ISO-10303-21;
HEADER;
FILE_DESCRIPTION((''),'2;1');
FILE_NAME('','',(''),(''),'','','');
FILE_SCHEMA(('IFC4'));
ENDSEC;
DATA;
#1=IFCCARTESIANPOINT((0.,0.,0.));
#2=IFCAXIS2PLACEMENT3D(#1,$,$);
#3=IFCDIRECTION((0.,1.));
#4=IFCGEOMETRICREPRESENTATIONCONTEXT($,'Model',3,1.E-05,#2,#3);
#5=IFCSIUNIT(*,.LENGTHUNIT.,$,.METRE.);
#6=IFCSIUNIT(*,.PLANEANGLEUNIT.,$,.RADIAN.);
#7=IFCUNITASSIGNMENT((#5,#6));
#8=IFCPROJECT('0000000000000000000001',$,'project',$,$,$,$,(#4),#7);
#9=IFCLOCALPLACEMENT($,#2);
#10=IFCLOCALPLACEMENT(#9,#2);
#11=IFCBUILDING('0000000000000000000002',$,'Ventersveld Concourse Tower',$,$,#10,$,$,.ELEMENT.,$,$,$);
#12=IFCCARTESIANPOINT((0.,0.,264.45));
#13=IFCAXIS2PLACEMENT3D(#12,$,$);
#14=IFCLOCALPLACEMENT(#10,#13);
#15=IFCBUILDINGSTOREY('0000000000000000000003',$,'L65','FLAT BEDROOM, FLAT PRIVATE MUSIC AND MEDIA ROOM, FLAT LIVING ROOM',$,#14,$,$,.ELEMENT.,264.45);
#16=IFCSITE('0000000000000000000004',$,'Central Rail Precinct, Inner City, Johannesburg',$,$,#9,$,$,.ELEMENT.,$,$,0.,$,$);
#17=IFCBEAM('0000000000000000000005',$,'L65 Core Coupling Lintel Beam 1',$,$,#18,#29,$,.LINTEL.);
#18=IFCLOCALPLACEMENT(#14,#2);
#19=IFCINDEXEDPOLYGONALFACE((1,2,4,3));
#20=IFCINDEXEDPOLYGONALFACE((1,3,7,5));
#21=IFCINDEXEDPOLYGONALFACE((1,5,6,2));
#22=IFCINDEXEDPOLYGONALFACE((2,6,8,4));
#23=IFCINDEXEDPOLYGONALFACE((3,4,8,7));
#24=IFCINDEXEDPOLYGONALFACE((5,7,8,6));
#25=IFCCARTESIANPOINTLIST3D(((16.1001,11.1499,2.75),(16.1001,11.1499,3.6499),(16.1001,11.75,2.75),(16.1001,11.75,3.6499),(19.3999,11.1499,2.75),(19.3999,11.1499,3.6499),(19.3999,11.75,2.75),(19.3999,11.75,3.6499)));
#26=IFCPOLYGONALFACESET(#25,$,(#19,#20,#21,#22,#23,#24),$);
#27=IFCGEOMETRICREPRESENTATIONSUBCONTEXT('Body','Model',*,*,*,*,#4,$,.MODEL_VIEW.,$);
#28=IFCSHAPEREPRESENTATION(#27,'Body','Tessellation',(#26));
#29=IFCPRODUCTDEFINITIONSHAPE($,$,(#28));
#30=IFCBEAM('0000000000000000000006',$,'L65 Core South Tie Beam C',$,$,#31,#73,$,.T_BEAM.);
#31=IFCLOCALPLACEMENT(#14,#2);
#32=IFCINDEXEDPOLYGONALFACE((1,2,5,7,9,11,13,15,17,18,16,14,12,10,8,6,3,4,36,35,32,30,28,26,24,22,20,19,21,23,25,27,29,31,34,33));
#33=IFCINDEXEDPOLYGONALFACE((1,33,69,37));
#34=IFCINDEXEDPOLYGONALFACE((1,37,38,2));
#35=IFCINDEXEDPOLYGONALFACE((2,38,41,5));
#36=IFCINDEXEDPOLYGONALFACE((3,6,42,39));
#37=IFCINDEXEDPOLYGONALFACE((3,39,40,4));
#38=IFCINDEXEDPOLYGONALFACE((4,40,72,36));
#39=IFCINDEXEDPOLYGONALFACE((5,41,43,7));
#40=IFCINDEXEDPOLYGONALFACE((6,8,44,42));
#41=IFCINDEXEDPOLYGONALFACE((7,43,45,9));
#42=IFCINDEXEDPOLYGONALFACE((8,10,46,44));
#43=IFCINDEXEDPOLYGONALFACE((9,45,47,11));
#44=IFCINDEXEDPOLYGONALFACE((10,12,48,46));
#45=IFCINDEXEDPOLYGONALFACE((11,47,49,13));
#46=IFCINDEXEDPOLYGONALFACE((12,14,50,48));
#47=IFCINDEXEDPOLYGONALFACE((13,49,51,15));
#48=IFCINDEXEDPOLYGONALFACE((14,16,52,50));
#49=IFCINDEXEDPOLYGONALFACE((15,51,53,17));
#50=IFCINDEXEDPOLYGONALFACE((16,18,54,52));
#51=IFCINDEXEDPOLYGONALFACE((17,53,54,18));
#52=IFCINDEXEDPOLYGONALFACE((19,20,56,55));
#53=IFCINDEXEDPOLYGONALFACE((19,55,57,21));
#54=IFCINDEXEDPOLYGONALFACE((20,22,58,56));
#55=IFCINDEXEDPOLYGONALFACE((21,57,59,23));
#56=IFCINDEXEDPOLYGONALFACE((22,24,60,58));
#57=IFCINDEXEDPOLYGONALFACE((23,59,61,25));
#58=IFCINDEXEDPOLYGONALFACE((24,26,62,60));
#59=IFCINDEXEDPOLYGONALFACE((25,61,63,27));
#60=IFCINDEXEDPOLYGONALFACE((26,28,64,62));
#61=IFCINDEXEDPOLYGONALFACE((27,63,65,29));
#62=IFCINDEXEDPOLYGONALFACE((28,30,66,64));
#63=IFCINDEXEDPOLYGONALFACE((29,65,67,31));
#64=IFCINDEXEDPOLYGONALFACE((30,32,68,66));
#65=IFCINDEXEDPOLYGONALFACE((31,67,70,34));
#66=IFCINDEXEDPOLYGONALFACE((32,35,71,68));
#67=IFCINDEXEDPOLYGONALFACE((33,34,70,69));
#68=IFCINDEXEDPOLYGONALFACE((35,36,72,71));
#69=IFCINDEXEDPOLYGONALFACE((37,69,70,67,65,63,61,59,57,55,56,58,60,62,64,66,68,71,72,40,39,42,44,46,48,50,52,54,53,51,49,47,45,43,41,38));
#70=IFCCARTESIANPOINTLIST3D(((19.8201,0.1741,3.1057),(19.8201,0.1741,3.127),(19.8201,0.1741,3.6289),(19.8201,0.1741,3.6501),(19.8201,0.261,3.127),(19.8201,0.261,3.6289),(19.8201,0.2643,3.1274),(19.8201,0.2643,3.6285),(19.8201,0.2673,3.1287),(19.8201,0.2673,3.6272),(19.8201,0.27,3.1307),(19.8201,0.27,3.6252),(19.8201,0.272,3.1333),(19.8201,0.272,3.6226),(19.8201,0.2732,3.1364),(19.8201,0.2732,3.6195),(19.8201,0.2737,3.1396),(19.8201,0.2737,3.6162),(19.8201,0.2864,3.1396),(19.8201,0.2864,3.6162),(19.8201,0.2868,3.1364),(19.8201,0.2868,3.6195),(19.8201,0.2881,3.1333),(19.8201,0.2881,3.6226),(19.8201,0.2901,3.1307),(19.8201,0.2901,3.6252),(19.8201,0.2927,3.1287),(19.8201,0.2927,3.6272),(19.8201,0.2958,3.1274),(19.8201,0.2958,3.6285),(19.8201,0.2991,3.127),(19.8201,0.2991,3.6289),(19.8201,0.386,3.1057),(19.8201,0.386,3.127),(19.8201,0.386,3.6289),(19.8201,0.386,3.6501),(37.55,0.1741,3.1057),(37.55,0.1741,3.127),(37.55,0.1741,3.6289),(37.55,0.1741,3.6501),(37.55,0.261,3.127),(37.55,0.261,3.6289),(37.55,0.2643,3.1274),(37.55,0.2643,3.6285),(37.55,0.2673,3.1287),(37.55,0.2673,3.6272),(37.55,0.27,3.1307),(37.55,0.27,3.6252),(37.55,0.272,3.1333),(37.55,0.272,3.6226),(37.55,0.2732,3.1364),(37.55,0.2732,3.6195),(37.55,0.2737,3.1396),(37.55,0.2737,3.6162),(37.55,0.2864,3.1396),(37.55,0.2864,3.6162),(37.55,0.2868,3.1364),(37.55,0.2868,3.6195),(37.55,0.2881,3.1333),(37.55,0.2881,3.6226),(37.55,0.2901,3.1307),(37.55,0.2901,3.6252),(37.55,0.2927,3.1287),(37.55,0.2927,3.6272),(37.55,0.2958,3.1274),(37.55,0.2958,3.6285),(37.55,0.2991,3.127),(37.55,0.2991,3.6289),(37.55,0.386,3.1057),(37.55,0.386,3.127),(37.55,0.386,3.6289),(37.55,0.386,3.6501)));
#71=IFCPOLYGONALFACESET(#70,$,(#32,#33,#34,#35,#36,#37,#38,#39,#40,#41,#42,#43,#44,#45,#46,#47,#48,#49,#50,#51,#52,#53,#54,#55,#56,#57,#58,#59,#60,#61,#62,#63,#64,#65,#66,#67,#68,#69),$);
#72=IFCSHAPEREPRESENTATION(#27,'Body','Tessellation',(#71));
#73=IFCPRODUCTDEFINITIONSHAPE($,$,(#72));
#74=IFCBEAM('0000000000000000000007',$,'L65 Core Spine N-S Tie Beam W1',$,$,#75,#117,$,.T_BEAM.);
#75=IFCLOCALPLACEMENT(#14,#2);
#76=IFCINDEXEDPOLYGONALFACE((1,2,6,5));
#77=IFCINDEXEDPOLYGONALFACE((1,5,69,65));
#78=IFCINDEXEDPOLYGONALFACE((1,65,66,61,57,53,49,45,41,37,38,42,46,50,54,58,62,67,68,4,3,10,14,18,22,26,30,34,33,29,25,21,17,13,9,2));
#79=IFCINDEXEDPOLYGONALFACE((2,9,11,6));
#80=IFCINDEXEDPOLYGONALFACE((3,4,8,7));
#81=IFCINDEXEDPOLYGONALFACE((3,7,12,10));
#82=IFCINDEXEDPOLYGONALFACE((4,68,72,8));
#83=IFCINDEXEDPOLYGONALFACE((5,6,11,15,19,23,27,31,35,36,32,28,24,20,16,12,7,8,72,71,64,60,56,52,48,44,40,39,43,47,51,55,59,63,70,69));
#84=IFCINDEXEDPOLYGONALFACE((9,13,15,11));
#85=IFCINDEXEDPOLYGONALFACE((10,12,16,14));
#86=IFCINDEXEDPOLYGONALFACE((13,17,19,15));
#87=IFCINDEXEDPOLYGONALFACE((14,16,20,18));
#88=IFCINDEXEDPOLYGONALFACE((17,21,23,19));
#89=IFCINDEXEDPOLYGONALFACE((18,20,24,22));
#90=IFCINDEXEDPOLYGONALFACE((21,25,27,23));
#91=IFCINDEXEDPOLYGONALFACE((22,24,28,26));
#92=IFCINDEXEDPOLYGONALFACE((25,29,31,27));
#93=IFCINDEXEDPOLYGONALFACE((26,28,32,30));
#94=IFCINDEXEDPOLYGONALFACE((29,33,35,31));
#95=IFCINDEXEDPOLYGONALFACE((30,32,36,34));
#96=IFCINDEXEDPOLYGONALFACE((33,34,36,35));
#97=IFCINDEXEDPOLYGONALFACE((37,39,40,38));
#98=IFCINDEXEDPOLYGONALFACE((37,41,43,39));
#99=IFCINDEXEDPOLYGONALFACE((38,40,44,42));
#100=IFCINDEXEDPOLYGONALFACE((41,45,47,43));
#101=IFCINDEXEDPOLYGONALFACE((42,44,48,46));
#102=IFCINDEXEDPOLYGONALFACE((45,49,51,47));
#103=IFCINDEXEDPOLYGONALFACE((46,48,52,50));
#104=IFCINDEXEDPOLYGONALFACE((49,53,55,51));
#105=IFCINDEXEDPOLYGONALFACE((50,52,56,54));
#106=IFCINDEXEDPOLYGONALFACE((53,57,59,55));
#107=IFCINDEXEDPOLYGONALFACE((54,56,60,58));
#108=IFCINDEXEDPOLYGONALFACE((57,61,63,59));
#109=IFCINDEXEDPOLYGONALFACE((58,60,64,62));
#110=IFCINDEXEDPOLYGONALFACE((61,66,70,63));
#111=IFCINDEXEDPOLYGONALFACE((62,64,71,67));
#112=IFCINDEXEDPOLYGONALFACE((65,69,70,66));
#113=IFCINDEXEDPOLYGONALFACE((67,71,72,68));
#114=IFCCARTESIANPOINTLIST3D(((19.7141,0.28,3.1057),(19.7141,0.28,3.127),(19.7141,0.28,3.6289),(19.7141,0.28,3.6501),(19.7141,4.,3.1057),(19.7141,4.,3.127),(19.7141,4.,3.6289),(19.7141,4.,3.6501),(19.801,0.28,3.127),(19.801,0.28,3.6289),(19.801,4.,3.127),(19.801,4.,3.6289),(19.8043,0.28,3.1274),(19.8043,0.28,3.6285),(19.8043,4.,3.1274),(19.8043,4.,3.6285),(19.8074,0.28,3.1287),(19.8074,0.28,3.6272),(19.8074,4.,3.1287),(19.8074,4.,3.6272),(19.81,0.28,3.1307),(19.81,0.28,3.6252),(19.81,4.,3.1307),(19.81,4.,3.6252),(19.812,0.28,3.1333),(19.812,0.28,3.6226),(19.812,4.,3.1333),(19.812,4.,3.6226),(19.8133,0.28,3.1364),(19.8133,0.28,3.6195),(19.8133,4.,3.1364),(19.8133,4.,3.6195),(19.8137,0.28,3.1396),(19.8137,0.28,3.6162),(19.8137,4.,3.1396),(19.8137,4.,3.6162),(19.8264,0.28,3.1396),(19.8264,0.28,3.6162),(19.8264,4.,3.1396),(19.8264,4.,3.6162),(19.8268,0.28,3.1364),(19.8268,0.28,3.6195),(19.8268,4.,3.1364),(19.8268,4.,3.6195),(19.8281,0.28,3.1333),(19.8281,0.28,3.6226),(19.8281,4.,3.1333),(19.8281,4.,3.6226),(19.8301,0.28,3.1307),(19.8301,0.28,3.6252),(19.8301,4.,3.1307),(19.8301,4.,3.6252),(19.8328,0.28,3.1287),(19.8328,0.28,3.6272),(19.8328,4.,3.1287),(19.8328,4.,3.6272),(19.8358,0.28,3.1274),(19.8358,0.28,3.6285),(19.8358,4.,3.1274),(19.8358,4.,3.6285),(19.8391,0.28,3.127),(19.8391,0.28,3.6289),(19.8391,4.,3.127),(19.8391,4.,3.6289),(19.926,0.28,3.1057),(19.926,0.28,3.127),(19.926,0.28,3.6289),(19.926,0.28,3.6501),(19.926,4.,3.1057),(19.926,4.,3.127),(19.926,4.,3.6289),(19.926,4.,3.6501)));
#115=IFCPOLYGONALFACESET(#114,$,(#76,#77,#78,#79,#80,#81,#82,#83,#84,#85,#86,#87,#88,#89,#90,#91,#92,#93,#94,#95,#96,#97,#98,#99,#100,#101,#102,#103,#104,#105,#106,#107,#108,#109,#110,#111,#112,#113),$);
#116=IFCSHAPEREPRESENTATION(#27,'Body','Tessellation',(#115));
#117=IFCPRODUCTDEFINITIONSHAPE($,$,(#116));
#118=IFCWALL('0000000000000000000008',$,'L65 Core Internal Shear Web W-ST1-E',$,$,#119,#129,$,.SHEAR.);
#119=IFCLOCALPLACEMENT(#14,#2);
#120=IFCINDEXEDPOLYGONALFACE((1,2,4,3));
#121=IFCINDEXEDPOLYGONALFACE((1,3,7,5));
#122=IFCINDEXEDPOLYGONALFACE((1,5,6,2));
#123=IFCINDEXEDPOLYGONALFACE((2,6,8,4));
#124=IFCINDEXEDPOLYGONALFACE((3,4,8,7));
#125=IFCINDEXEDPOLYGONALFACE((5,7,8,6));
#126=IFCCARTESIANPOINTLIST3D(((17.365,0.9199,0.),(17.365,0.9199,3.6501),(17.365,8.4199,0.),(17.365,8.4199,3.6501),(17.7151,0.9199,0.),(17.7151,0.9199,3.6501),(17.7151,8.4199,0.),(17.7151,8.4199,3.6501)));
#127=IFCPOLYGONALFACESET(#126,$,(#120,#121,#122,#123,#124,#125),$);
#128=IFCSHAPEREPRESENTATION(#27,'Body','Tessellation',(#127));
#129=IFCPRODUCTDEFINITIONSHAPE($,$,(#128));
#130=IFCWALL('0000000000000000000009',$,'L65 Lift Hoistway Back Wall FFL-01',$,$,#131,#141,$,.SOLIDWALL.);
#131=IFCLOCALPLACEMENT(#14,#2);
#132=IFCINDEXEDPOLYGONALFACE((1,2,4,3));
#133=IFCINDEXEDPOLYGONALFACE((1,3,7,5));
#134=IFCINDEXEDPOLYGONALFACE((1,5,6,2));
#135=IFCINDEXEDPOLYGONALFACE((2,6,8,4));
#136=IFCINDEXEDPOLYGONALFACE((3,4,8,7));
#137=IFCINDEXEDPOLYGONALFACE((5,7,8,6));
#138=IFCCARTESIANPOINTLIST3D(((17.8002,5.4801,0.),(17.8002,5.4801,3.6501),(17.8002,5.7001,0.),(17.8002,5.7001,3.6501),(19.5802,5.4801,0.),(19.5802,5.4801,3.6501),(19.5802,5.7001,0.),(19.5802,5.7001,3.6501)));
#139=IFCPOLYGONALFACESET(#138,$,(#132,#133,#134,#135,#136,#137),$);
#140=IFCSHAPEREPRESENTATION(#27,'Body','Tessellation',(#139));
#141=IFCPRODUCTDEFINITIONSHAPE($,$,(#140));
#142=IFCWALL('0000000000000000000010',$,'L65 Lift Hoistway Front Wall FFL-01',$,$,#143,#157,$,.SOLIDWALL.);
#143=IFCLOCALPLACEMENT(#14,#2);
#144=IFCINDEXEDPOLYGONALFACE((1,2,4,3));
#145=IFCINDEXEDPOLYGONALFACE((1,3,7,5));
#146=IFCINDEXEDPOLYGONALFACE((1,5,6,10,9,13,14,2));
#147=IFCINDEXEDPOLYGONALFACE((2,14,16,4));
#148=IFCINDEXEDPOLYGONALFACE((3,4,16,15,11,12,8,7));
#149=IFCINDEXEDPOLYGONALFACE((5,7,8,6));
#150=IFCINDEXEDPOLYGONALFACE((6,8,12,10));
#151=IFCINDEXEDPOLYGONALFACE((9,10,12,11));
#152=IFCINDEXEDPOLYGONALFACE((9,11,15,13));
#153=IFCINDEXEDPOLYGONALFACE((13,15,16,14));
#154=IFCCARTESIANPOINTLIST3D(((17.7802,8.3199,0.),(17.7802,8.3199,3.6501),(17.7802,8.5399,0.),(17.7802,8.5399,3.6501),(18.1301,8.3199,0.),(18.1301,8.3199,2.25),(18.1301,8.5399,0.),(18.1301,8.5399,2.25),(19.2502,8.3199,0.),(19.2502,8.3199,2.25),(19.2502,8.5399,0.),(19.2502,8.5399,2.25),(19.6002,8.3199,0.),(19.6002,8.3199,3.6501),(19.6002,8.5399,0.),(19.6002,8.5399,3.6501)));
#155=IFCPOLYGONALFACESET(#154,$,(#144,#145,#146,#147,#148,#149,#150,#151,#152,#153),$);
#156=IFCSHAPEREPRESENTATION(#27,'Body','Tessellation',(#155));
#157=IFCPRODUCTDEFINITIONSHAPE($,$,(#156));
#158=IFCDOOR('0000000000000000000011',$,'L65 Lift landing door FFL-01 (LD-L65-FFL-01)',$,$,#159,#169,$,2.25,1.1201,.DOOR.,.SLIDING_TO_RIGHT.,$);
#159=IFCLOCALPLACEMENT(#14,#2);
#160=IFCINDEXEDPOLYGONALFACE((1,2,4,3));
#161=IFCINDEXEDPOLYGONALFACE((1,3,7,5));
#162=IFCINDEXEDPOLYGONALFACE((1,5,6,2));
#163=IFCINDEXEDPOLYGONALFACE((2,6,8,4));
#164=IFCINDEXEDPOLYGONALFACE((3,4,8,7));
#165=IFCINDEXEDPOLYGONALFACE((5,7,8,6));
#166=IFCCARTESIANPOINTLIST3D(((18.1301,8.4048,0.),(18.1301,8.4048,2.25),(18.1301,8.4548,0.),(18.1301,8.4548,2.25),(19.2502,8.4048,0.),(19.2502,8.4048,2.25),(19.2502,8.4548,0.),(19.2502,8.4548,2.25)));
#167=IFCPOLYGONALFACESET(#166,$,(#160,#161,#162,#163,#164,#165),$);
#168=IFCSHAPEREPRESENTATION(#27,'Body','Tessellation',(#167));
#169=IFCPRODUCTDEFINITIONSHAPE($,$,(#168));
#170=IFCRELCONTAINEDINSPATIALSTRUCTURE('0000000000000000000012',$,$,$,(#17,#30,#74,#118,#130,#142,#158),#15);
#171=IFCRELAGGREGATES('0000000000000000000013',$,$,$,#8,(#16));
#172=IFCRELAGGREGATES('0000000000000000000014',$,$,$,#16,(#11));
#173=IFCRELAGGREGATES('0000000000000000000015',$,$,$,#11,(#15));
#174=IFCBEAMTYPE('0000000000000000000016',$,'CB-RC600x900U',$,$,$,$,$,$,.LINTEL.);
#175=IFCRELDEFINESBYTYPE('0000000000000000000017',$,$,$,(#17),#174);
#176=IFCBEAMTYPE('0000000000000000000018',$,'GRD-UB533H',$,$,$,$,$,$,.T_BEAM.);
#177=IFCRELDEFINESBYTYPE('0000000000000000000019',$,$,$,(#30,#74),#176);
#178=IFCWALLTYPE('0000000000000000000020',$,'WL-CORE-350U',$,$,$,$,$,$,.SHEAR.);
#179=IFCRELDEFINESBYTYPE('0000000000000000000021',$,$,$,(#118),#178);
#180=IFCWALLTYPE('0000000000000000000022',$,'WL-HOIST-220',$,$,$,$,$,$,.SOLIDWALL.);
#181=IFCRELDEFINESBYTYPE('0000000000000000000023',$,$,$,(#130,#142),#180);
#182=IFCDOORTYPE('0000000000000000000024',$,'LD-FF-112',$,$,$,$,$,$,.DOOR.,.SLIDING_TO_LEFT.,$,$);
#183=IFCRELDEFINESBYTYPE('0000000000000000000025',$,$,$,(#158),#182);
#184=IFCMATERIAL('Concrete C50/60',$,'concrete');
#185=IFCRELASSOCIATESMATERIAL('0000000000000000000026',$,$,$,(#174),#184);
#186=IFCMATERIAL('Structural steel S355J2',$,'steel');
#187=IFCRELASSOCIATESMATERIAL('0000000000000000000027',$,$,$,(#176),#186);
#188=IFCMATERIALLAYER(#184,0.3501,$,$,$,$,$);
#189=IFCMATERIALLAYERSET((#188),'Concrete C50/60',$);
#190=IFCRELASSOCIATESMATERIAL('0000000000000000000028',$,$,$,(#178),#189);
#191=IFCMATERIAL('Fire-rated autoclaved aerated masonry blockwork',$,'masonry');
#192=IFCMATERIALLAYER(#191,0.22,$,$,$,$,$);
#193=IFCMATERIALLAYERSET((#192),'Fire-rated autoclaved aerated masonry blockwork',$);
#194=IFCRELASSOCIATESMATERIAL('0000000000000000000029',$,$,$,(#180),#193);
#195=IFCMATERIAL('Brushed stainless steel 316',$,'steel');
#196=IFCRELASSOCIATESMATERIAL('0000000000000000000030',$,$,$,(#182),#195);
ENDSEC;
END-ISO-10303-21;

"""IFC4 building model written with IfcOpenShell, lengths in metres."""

from ifc_helpers import new_model, si_unit, direction, frame, frame_2d, origin, origin_2d, place, context, subcontext, project, spatial, rectangle, i_section, extrude, material, layer, layer_set, material_profile, profile_set, type_object, element, fill, save


model = new_model("IFC4")

# Units and contexts
model_context = context("Model", 3, precision=1e-05, world=origin(), true_north=direction((0.0, 1.0)))
body_context = subcontext(model_context, "Body", "Model", "MODEL_VIEW")
ifc_project = project(units=[si_unit("LENGTHUNIT", "METRE"), si_unit("PLANEANGLEUNIT", "RADIAN")], contexts=[model_context])

# Site, building, storey
site_placement = place(None, origin())
site = spatial("IfcSite", under=ifc_project, at=site_placement, Name="Central Rail Precinct, Inner City, Johannesburg", CompositionType="ELEMENT", RefElevation=0.0)
building_placement = place(site_placement, origin())
building = spatial("IfcBuilding", under=site, at=building_placement, Name="Ventersveld Concourse Tower", CompositionType="ELEMENT")
storey_placement = place(building_placement, frame((0.0, 0.0, 264.45)))
storey = spatial("IfcBuildingStorey", under=building, at=storey_placement, Name="L65", Description="FLAT BEDROOM, FLAT PRIVATE MUSIC AND MEDIA ROOM, FLAT LIVING ROOM", CompositionType="ELEMENT", Elevation=264.45)

# Beams
ifc_material_1 = material(Name="Concrete C50/60", Category="concrete")
ifc_material_profile_1 = material_profile(ifc_material_1, rectangle(XDim=0.6001, YDim=0.8999, at=origin_2d()), Name="RC 600x900")
ifc_profile_set_1 = profile_set([ifc_material_profile_1], Name="Concrete C50/60")
beam_type_1 = type_object("IfcBeamType", Name="CB-RC600x900U", PredefinedType="LINTEL", material=ifc_profile_set_1)
beam_1_placement = place(storey_placement, frame((16.1001, 11.45, 3.2), z_axis=(1.0, 0.0, 0.0), x_axis=(0.0, 1.0, 0.0)))
element("IfcBeam", 1, at=beam_1_placement, inside=storey, type_object=beam_type_1, Name="L65 Core Coupling Lintel Beam 1", PredefinedType="LINTEL", context=body_context, shape_type="SweptSolid", body=[
    extrude(rectangle(XDim=0.6001, YDim=0.8999, at=origin_2d()), origin(), (0.0, 0.0, 1.0), 3.2998),
])
ifc_material_2 = material(Name="Structural steel S355J2", Category="steel")
ifc_material_profile_2 = material_profile(ifc_material_2, i_section(OverallWidth=0.2119, OverallDepth=0.5444, WebThickness=0.0127, FlangeThickness=0.0212, FilletRadius=0.0127, at=origin_2d()), Name="UB 533x210x122")
ifc_profile_set_2 = profile_set([ifc_material_profile_2], Name="Structural steel S355J2")
beam_type_2 = type_object("IfcBeamType", Name="GRD-UB533H", PredefinedType="T_BEAM", material=ifc_profile_set_2)
beam_2_placement = place(storey_placement, frame((19.8201, 0.28, 3.3779), z_axis=(1.0, 0.0, 0.0), x_axis=(0.0, 1.0, 0.0)))
element("IfcBeam", 2, at=beam_2_placement, inside=storey, type_object=beam_type_2, Name="L65 Core South Tie Beam C", PredefinedType="T_BEAM", context=body_context, shape_type="SweptSolid", body=[
    extrude(i_section(OverallWidth=0.2119, OverallDepth=0.5444, WebThickness=0.0127, FlangeThickness=0.0212, FilletRadius=0.0127, at=origin_2d()), origin(), (0.0, 0.0, 1.0), 17.73),
])
beam_3_placement = place(storey_placement, frame((19.8201, 0.28, 3.3779), z_axis=(0.0, 1.0, 0.0), x_axis=(-1.0, 0.0, 0.0)))
element("IfcBeam", 3, at=beam_3_placement, inside=storey, type_object=beam_type_2, Name="L65 Core Spine N-S Tie Beam W1", PredefinedType="T_BEAM", context=body_context, shape_type="SweptSolid", body=[
    extrude(i_section(OverallWidth=0.2119, OverallDepth=0.5444, WebThickness=0.0127, FlangeThickness=0.0212, FilletRadius=0.0127, at=origin_2d()), origin(), (0.0, 0.0, 1.0), 3.72),
])

# Walls
ifc_layer_1 = layer(ifc_material_1, 0.3501)
ifc_layer_set_1 = layer_set([ifc_layer_1], Name="Concrete C50/60")
wall_type_1 = type_object("IfcWallType", Name="WL-CORE-350U", PredefinedType="SHEAR", material=ifc_layer_set_1)
wall_1_placement = place(storey_placement, frame((17.54, 0.9199, 0.0), z_axis=(0.0, 0.0, 1.0), x_axis=(0.0, 1.0, 0.0)))
element("IfcWall", 4, at=wall_1_placement, inside=storey, type_object=wall_type_1, Name="L65 Core Internal Shear Web W-ST1-E", PredefinedType="SHEAR", context=body_context, shape_type="SweptSolid", body=[
    extrude(rectangle(XDim=7.5, YDim=0.3501, at=frame_2d((3.75, 0.0))), origin(), (0.0, 0.0, 1.0), 3.6501),
])
ifc_material_3 = material(Name="Fire-rated autoclaved aerated masonry blockwork", Category="masonry")
ifc_layer_2 = layer(ifc_material_3, 0.22)
ifc_layer_set_2 = layer_set([ifc_layer_2], Name="Fire-rated autoclaved aerated masonry blockwork")
wall_type_2 = type_object("IfcWallType", Name="WL-HOIST-220", PredefinedType="SOLIDWALL", material=ifc_layer_set_2)
wall_2_placement = place(storey_placement, frame((17.8, 5.5901, 0.0), z_axis=(0.0, 0.0, 1.0), x_axis=(1.0, 0.0, 0.0)))
element("IfcWall", 5, at=wall_2_placement, inside=storey, type_object=wall_type_2, Name="L65 Lift Hoistway Back Wall FFL-01", PredefinedType="SOLIDWALL", context=body_context, shape_type="SweptSolid", body=[
    extrude(rectangle(XDim=1.78, YDim=0.22, at=frame_2d((0.8901, 0.0))), origin(), (0.0, 0.0, 1.0), 3.6501),
])

# Wall, opening, door
wall_3_placement = place(storey_placement, frame((17.78, 8.4299, 0.0), z_axis=(0.0, 0.0, 1.0), x_axis=(1.0, 0.0, 0.0)))
wall_3 = element("IfcWall", 6, at=wall_3_placement, inside=storey, type_object=wall_type_2, Name="L65 Lift Hoistway Front Wall FFL-01", PredefinedType="SOLIDWALL", context=body_context, shape_type="SweptSolid", body=[
    extrude(rectangle(XDim=1.8201, YDim=0.22, at=frame_2d((0.9102, 0.0))), origin(), (0.0, 0.0, 1.0), 3.6501),
])
opening_1_placement = place(wall_3_placement, frame((0.3501, 0.0, 0.0)))
opening_1 = element("IfcOpeningElement", 7, at=opening_1_placement, cuts=wall_3, PredefinedType="OPENING", context=body_context, shape_type="SweptSolid", body=[
    extrude(rectangle(XDim=1.1201, YDim=2.25, at=frame_2d((0.5601, 1.125))), frame((0.0, 0.1201, 0.0), z_axis=(0.0, -1.0, 0.0), x_axis=(1.0, 0.0, 0.0)), (0.0, 0.0, 1.0), 0.24),
])
ifc_material_4 = material(Name="Brushed stainless steel 316", Category="steel")
door_type_1 = type_object("IfcDoorType", Name="LD-FF-112", OperationType="SLIDING_TO_LEFT", PredefinedType="DOOR", material=ifc_material_4)
door_1_placement = place(opening_1_placement, origin())
door_1 = element("IfcDoor", 8, at=door_1_placement, inside=storey, type_object=door_type_1, Name="L65 Lift landing door FFL-01 (LD-L65-FFL-01)", OperationType="SLIDING_TO_RIGHT", OverallHeight=2.25, OverallWidth=1.1201, PredefinedType="DOOR", context=body_context, shape_type="SweptSolid", body=[
    extrude(rectangle(XDim=1.1201, YDim=2.25, at=frame_2d((0.5601, 1.125))), frame((0.0, 0.0249, 0.0), z_axis=(0.0, -1.0, 0.0), x_axis=(1.0, 0.0, 0.0)), (0.0, 0.0, 1.0), 0.05),
])
fill(opening_1, door_1)

save(model, "model.ifc")
